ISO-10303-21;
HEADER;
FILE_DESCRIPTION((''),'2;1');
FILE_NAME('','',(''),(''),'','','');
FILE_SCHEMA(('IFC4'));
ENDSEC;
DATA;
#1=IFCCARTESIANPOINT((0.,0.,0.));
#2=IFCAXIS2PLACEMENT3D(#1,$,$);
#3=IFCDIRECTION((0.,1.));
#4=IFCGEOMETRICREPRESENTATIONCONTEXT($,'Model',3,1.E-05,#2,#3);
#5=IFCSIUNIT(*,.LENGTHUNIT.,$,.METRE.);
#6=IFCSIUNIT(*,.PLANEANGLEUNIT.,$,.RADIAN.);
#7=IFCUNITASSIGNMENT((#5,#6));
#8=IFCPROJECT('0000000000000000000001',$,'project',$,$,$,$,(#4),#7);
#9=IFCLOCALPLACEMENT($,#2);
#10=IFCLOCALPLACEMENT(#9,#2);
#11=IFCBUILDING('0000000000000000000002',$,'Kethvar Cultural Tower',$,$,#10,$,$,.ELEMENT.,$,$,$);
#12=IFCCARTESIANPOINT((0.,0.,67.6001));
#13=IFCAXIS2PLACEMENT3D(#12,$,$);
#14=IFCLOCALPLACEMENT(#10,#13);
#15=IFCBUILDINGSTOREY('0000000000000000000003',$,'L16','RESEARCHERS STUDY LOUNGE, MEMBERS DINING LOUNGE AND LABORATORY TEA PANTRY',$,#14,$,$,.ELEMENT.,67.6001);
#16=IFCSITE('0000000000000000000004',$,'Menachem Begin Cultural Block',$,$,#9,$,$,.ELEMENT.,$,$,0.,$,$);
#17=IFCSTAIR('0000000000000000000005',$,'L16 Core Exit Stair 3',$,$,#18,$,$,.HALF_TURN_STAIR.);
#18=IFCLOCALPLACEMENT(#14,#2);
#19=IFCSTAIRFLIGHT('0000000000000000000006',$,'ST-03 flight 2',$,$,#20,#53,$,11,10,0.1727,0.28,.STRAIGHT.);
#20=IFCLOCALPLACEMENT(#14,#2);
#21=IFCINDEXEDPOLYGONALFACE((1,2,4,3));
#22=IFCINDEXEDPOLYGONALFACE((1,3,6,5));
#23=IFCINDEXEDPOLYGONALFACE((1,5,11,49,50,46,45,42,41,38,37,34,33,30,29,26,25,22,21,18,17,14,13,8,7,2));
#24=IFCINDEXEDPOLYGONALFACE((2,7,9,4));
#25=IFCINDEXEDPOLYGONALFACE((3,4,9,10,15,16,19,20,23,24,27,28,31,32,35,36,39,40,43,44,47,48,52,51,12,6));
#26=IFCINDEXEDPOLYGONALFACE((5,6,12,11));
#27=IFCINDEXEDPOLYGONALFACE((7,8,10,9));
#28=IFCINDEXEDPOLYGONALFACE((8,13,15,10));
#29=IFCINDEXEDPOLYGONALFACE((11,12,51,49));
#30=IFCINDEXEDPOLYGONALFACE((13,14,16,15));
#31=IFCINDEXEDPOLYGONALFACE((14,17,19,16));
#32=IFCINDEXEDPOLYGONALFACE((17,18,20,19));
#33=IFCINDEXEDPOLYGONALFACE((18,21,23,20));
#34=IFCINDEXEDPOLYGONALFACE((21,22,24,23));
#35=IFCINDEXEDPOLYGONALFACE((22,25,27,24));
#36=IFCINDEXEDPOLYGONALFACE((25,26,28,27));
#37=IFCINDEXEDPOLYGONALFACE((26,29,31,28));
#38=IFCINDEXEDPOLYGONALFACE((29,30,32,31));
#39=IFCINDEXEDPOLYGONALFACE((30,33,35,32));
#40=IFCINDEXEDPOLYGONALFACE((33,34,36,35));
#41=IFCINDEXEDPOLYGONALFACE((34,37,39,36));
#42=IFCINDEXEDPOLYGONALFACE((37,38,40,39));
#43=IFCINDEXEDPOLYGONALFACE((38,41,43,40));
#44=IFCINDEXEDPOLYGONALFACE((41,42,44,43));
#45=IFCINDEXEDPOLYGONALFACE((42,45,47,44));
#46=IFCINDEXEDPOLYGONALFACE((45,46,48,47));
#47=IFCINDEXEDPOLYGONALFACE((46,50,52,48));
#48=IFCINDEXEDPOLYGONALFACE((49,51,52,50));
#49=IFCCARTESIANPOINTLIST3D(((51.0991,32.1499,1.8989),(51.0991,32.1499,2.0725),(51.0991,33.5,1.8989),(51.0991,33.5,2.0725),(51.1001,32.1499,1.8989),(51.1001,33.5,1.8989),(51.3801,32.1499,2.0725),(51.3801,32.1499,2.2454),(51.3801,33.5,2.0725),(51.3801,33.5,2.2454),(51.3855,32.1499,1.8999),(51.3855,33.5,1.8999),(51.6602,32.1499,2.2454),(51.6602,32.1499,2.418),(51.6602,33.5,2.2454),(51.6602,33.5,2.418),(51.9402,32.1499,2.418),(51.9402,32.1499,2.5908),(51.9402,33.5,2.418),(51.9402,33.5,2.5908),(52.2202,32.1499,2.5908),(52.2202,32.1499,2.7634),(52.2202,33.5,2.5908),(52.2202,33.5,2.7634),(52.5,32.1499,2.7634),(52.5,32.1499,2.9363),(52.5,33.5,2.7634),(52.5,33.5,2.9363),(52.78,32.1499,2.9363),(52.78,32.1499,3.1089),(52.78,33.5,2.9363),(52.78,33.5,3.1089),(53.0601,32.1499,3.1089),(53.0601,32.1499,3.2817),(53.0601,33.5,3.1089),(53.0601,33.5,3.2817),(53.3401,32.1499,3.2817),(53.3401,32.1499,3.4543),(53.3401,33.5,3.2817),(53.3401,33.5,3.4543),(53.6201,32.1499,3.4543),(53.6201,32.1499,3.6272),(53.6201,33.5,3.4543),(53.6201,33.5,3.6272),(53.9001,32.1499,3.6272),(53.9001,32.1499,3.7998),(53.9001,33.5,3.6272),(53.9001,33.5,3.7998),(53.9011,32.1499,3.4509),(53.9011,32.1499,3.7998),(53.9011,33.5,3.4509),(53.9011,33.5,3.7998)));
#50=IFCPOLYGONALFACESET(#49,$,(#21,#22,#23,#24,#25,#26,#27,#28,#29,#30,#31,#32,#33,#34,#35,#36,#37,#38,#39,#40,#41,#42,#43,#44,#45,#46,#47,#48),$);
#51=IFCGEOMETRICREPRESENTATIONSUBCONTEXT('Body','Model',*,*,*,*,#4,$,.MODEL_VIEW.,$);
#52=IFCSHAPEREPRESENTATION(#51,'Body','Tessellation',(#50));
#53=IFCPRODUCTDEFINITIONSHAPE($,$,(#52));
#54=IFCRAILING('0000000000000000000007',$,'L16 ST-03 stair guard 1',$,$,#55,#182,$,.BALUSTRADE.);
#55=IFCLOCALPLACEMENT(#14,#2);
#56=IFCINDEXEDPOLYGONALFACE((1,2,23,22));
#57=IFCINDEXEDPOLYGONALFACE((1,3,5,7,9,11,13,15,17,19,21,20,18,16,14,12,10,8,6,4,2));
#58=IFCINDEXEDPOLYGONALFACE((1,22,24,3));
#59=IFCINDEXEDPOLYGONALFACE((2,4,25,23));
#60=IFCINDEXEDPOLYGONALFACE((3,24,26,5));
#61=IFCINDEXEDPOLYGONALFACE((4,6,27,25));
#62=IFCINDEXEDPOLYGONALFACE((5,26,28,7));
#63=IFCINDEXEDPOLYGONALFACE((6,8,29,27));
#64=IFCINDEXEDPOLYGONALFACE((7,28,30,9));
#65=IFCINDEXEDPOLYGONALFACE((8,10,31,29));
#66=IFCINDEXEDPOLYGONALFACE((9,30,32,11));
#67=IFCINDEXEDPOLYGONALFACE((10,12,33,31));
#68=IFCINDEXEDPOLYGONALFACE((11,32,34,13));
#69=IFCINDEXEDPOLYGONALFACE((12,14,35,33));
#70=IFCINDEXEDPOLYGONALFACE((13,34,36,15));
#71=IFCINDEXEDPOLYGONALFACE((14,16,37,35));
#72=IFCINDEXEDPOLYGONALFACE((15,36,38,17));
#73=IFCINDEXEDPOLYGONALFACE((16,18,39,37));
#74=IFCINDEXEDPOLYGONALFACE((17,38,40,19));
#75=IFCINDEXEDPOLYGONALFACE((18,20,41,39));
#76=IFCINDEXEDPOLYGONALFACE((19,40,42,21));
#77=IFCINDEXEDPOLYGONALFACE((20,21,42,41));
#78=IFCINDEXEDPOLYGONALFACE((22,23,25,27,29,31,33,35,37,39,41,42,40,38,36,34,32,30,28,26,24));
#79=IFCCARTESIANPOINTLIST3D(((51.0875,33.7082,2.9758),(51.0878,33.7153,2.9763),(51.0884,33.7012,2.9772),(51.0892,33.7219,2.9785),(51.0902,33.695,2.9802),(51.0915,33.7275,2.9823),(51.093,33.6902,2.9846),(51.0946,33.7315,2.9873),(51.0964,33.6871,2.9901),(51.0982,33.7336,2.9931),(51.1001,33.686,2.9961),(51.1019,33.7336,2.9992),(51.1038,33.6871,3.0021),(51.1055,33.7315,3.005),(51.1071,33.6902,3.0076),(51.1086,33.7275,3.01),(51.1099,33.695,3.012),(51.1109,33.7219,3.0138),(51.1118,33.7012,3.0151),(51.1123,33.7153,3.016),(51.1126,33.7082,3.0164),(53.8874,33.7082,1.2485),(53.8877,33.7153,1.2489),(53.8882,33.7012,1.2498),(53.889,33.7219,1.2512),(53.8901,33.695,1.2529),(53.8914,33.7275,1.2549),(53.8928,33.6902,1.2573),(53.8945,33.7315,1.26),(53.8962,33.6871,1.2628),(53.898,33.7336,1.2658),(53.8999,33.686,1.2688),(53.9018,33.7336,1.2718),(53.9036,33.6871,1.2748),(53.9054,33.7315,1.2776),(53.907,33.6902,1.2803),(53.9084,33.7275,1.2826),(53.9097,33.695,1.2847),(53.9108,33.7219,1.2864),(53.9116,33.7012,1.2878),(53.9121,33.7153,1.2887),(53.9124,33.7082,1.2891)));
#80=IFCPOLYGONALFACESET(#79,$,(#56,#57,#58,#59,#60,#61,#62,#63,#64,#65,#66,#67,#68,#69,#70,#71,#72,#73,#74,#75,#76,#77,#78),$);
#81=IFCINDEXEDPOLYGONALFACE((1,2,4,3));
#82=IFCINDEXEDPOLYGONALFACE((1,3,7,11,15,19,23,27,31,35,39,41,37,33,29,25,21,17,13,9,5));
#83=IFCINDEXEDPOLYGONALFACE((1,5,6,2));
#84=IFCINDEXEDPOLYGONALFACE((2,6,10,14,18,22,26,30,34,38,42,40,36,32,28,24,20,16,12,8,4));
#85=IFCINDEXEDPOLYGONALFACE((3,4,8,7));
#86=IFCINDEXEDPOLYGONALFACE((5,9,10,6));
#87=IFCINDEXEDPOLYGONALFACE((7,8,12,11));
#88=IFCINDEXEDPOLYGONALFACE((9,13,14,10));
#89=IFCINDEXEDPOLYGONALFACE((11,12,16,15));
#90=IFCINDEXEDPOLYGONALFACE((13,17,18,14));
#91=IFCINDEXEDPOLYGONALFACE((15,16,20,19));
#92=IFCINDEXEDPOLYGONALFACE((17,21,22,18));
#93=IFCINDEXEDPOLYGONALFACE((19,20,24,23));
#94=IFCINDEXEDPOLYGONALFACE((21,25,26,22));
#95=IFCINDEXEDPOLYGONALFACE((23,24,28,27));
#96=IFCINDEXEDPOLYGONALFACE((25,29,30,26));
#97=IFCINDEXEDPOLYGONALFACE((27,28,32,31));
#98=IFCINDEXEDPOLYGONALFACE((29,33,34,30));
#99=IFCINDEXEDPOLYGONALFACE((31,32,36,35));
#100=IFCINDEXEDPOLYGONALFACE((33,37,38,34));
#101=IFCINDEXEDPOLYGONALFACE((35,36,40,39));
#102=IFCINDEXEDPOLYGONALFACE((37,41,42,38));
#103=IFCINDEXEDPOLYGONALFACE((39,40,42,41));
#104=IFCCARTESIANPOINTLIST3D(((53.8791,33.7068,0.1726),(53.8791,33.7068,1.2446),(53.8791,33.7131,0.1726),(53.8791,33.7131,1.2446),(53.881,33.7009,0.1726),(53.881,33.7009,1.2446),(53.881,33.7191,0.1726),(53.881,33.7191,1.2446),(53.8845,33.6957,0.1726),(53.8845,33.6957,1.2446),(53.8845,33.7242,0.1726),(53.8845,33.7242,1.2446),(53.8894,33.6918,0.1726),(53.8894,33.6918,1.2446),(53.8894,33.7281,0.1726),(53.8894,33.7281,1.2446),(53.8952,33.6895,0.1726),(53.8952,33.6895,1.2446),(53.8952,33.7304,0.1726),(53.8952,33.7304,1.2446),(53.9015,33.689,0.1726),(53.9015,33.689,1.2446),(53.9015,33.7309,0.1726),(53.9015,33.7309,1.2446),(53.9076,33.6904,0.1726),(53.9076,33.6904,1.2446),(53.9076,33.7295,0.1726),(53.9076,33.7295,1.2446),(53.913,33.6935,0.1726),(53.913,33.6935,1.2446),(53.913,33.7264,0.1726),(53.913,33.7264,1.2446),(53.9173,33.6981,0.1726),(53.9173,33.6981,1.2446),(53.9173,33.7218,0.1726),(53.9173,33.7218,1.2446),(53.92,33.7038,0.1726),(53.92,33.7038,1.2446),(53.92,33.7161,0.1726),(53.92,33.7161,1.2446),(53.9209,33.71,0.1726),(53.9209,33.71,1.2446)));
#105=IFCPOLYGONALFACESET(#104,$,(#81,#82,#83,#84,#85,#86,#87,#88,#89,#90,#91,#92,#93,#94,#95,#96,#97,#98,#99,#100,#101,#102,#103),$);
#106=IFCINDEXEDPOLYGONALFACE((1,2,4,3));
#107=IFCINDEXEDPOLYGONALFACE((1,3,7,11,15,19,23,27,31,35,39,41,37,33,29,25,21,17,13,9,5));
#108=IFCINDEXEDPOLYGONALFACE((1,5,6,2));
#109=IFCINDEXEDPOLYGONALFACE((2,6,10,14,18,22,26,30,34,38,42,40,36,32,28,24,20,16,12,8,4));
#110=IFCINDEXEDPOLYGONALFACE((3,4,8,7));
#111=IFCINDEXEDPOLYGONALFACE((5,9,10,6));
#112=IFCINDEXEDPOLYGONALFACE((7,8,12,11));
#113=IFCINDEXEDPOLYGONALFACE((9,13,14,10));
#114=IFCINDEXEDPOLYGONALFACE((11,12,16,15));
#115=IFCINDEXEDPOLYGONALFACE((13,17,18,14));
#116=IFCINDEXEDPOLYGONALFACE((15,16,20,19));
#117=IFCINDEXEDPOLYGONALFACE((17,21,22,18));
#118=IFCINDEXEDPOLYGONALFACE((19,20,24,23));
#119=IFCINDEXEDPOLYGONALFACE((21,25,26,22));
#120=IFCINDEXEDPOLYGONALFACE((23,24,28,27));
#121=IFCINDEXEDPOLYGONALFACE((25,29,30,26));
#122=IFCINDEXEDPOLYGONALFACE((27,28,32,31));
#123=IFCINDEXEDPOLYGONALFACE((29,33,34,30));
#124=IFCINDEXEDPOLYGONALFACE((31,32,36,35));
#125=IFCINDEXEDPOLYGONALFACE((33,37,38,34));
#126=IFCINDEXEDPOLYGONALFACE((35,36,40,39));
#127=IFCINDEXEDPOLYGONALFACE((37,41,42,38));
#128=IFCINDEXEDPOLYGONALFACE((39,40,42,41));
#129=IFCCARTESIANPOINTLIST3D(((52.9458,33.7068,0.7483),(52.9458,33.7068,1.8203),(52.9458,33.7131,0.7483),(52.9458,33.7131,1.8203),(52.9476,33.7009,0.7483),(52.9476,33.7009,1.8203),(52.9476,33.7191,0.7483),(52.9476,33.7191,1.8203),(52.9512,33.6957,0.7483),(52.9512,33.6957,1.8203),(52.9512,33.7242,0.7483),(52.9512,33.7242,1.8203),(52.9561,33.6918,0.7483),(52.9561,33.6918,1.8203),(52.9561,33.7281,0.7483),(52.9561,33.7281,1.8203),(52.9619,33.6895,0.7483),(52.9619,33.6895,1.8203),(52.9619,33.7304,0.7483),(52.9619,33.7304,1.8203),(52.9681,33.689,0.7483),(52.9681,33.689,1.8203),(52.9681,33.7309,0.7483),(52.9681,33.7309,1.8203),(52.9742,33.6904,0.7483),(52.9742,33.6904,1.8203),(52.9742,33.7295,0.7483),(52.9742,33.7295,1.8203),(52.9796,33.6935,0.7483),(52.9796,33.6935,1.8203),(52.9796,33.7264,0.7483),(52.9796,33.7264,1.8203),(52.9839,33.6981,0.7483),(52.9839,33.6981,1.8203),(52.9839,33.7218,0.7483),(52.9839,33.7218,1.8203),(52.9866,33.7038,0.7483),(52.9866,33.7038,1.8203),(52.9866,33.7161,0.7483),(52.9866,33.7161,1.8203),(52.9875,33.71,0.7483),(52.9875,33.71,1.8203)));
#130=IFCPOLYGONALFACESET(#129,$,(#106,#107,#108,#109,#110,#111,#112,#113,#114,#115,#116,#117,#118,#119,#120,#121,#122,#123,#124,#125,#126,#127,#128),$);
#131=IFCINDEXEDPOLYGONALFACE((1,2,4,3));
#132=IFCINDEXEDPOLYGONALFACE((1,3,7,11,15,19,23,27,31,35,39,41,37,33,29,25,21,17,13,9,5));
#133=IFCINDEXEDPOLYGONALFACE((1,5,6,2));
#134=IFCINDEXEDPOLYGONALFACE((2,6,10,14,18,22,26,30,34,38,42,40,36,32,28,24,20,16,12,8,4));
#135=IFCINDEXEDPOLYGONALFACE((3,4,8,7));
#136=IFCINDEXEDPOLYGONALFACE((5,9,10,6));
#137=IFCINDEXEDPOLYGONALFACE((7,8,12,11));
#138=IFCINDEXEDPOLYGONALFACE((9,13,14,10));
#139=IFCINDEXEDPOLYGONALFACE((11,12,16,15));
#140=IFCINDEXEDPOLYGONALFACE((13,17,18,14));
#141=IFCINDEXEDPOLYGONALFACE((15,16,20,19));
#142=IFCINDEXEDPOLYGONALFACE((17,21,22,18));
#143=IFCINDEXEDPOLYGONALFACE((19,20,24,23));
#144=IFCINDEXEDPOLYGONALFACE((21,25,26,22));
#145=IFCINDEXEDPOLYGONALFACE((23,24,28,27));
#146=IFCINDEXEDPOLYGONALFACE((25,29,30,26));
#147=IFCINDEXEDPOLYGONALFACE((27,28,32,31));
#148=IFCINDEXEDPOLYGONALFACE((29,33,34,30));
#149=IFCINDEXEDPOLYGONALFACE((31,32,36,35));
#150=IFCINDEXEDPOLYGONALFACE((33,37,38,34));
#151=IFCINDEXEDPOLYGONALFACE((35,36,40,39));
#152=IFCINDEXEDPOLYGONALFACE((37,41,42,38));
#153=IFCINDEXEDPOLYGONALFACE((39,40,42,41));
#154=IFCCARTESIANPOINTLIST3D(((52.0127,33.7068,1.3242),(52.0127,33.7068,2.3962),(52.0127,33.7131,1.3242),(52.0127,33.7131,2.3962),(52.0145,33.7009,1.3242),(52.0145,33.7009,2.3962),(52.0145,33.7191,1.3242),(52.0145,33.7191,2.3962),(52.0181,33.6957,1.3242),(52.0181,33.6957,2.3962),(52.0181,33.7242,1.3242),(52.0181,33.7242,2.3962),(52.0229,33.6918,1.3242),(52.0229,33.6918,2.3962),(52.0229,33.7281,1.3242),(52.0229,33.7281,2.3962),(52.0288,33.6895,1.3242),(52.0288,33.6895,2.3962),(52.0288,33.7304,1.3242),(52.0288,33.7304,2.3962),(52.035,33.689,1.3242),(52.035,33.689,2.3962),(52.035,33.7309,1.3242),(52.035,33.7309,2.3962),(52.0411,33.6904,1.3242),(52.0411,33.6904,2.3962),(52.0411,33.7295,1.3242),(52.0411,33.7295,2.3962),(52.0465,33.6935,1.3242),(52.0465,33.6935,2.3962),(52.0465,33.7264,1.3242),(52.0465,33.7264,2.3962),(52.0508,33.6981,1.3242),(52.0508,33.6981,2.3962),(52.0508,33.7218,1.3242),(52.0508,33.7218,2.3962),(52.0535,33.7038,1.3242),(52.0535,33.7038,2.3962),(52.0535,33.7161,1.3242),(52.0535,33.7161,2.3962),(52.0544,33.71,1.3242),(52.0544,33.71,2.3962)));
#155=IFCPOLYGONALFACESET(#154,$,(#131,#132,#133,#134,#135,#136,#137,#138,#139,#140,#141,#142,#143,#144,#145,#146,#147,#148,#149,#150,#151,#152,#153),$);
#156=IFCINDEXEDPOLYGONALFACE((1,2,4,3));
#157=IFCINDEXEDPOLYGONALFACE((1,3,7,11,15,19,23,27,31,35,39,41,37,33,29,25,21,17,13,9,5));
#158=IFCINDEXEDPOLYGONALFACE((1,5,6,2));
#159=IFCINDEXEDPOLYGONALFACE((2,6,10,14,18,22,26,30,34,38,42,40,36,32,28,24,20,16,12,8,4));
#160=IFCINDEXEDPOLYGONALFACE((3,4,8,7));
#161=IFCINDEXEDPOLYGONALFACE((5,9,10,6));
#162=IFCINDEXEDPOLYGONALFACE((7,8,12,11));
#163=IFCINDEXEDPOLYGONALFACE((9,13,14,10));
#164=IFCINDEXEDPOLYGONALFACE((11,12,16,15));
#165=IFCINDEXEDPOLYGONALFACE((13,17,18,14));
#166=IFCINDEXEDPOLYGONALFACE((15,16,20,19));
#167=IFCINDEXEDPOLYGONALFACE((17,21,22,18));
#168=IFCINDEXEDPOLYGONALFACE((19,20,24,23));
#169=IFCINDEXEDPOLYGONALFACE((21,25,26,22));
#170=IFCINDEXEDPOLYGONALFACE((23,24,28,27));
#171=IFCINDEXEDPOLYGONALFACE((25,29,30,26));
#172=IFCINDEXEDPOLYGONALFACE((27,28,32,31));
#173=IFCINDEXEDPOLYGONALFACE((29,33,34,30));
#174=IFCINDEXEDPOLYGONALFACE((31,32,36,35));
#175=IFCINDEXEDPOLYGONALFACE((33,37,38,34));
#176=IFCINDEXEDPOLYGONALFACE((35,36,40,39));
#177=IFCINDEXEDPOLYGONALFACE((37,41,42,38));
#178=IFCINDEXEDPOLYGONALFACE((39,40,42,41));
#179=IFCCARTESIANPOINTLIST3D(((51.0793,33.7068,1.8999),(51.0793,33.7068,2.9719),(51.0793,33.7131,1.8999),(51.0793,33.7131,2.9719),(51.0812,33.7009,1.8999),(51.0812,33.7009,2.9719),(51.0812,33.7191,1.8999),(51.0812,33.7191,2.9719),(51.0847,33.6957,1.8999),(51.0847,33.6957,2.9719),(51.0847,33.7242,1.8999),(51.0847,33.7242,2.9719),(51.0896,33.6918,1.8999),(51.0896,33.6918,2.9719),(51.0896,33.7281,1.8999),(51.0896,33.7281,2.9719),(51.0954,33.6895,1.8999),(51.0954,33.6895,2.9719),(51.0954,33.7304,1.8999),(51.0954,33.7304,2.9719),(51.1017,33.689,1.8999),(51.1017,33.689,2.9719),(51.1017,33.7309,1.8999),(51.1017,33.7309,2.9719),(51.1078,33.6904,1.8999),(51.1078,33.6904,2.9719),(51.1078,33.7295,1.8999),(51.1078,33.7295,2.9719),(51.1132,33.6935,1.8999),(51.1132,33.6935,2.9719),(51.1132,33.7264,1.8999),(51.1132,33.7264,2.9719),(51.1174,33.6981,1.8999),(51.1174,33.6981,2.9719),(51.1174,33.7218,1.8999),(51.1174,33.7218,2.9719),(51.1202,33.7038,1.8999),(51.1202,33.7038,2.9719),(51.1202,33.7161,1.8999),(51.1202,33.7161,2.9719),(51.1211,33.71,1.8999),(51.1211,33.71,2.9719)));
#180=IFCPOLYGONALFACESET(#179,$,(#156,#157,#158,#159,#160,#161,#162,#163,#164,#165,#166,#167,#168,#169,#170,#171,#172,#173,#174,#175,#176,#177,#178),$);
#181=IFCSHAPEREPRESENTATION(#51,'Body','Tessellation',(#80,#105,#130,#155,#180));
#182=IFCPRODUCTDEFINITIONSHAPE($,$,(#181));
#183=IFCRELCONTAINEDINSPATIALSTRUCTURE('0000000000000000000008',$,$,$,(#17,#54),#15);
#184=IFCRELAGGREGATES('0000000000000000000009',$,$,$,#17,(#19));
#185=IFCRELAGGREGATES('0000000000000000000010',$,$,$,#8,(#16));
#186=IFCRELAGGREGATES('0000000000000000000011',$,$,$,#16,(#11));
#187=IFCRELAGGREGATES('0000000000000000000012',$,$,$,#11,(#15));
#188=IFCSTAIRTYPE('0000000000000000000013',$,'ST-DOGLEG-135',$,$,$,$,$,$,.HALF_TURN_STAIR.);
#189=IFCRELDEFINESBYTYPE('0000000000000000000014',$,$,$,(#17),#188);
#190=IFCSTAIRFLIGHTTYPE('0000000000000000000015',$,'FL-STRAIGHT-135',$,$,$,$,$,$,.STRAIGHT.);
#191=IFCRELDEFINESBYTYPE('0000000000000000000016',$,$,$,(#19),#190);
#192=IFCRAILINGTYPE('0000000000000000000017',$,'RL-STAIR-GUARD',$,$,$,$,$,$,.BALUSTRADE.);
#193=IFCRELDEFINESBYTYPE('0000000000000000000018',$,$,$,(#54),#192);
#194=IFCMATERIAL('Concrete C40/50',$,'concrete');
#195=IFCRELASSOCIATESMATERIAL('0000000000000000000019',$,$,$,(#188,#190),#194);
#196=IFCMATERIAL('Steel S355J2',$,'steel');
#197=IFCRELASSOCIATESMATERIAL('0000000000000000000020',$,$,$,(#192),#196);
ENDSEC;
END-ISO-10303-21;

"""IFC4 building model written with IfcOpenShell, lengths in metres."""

from ifc_helpers import new_model, si_unit, direction, frame, origin, origin_2d, place, context, subcontext, project, spatial, polyline, circle, outline, extrude, material, type_object, element, aggregate, save


model = new_model("IFC4")

# Units and contexts
model_context = context("Model", 3, precision=1e-05, world=origin(), true_north=direction((0.0, 1.0)))
body_context = subcontext(model_context, "Body", "Model", "MODEL_VIEW")
ifc_project = project(units=[si_unit("LENGTHUNIT", "METRE"), si_unit("PLANEANGLEUNIT", "RADIAN")], contexts=[model_context])

# Site, building, storey
site_placement = place(None, origin())
site = spatial("IfcSite", under=ifc_project, at=site_placement, Name="Menachem Begin Cultural Block", CompositionType="ELEMENT", RefElevation=0.0)
building_placement = place(site_placement, origin())
building = spatial("IfcBuilding", under=site, at=building_placement, Name="Kethvar Cultural Tower", CompositionType="ELEMENT")
storey_placement = place(building_placement, frame((0.0, 0.0, 67.6001)))
storey = spatial("IfcBuildingStorey", under=building, at=storey_placement, Name="L16", Description="RESEARCHERS STUDY LOUNGE, MEMBERS DINING LOUNGE AND LABORATORY TEA PANTRY", CompositionType="ELEMENT", Elevation=67.6001)

# Shared definitions
ifc_material_1 = material(Name="Steel S355J2", Category="steel")

# Shared definitions
ifc_material_2 = material(Name="Concrete C40/50", Category="concrete")

# Stair, stair flight
stair_type = type_object("IfcStairType", Name="ST-DOGLEG-135", PredefinedType="HALF_TURN_STAIR", material=ifc_material_2)
stair_placement = place(storey_placement, origin())
stair = element("IfcStair", 1, at=stair_placement, inside=storey, type_object=stair_type, Name="L16 Core Exit Stair 3", PredefinedType="HALF_TURN_STAIR")
stair_flight_type = type_object("IfcStairFlightType", Name="FL-STRAIGHT-135", PredefinedType="STRAIGHT", material=ifc_material_2)
stair_flight_1_placement = place(storey_placement, frame((51.1001, 32.825, 1.8999), z_axis=(0.0, 0.0, 1.0), x_axis=(1.0, 0.0, 0.0)))
stair_flight_1 = element("IfcStairFlight", 2, at=stair_flight_1_placement, type_object=stair_flight_type, Name="ST-03 flight 2", NumberOfRisers=11, NumberOfTreads=10, PredefinedType="STRAIGHT", RiserHeight=0.1727, TreadLength=0.28, context=body_context, shape_type="SweptSolid", body=[
    extrude(outline(polyline([(-0.001, -0.001), (-0.001, 0.1726), (0.28, 0.1726), (0.28, 0.3455), (0.5601, 0.3455), (0.5601, 0.5181), (0.8401, 0.5181), (0.8401, 0.6909), (1.1201, 0.6909), (1.1201, 0.8635), (1.3999, 0.8635), (1.3999, 1.0364), (1.6799, 1.0364), (1.6799, 1.209), (1.96, 1.209), (1.96, 1.3818), (2.24, 1.3818), (2.24, 1.5544), (2.52, 1.5544), (2.52, 1.7273), (2.8, 1.7273), (2.8, 1.8999), (2.801, 1.8999), (2.801, 1.551), (0.2854, 0.0), (0.0, -0.001), (-0.001, -0.001)])), frame((0.0, 0.675, 0.0), z_axis=(0.0, -1.0, 0.0), x_axis=(1.0, 0.0, 0.0)), (0.0, 0.0, 1.0), 1.3501),
])
aggregate(stair, [stair_flight_1])

# Railing
railing_type_1 = type_object("IfcRailingType", Name="RL-STAIR-GUARD", PredefinedType="BALUSTRADE", material=ifc_material_1)
railing_1_placement = place(storey_placement, frame((53.8999, 33.71, 0.1726)))
element("IfcRailing", 3, at=railing_1_placement, inside=storey, type_object=railing_type_1, Name="L16 ST-03 stair guard 1", PredefinedType="BALUSTRADE", context=body_context, shape_type="SweptSolid", body=[
    extrude(circle(Radius=0.0239, at=origin_2d()), frame((0.0, 0.0, 1.0962), z_axis=(-0.851069, 0.0, 0.525054), x_axis=(0.0, -1.0, 0.0)), (0.0, 0.0, 1.0), 3.2898),
    extrude(circle(Radius=0.021, at=origin_2d()), origin(), (0.0, 0.0, 1.0), 1.072),
    extrude(circle(Radius=0.021, at=origin_2d()), frame((-0.9333, 0.0, 0.5757)), (0.0, 0.0, 1.0), 1.072),
    extrude(circle(Radius=0.021, at=origin_2d()), frame((-1.8665, 0.0, 1.1516)), (0.0, 0.0, 1.0), 1.072),
    extrude(circle(Radius=0.021, at=origin_2d()), frame((-2.7998, 0.0, 1.7273)), (0.0, 0.0, 1.0), 1.072),
])

save(model, "model.ifc")
